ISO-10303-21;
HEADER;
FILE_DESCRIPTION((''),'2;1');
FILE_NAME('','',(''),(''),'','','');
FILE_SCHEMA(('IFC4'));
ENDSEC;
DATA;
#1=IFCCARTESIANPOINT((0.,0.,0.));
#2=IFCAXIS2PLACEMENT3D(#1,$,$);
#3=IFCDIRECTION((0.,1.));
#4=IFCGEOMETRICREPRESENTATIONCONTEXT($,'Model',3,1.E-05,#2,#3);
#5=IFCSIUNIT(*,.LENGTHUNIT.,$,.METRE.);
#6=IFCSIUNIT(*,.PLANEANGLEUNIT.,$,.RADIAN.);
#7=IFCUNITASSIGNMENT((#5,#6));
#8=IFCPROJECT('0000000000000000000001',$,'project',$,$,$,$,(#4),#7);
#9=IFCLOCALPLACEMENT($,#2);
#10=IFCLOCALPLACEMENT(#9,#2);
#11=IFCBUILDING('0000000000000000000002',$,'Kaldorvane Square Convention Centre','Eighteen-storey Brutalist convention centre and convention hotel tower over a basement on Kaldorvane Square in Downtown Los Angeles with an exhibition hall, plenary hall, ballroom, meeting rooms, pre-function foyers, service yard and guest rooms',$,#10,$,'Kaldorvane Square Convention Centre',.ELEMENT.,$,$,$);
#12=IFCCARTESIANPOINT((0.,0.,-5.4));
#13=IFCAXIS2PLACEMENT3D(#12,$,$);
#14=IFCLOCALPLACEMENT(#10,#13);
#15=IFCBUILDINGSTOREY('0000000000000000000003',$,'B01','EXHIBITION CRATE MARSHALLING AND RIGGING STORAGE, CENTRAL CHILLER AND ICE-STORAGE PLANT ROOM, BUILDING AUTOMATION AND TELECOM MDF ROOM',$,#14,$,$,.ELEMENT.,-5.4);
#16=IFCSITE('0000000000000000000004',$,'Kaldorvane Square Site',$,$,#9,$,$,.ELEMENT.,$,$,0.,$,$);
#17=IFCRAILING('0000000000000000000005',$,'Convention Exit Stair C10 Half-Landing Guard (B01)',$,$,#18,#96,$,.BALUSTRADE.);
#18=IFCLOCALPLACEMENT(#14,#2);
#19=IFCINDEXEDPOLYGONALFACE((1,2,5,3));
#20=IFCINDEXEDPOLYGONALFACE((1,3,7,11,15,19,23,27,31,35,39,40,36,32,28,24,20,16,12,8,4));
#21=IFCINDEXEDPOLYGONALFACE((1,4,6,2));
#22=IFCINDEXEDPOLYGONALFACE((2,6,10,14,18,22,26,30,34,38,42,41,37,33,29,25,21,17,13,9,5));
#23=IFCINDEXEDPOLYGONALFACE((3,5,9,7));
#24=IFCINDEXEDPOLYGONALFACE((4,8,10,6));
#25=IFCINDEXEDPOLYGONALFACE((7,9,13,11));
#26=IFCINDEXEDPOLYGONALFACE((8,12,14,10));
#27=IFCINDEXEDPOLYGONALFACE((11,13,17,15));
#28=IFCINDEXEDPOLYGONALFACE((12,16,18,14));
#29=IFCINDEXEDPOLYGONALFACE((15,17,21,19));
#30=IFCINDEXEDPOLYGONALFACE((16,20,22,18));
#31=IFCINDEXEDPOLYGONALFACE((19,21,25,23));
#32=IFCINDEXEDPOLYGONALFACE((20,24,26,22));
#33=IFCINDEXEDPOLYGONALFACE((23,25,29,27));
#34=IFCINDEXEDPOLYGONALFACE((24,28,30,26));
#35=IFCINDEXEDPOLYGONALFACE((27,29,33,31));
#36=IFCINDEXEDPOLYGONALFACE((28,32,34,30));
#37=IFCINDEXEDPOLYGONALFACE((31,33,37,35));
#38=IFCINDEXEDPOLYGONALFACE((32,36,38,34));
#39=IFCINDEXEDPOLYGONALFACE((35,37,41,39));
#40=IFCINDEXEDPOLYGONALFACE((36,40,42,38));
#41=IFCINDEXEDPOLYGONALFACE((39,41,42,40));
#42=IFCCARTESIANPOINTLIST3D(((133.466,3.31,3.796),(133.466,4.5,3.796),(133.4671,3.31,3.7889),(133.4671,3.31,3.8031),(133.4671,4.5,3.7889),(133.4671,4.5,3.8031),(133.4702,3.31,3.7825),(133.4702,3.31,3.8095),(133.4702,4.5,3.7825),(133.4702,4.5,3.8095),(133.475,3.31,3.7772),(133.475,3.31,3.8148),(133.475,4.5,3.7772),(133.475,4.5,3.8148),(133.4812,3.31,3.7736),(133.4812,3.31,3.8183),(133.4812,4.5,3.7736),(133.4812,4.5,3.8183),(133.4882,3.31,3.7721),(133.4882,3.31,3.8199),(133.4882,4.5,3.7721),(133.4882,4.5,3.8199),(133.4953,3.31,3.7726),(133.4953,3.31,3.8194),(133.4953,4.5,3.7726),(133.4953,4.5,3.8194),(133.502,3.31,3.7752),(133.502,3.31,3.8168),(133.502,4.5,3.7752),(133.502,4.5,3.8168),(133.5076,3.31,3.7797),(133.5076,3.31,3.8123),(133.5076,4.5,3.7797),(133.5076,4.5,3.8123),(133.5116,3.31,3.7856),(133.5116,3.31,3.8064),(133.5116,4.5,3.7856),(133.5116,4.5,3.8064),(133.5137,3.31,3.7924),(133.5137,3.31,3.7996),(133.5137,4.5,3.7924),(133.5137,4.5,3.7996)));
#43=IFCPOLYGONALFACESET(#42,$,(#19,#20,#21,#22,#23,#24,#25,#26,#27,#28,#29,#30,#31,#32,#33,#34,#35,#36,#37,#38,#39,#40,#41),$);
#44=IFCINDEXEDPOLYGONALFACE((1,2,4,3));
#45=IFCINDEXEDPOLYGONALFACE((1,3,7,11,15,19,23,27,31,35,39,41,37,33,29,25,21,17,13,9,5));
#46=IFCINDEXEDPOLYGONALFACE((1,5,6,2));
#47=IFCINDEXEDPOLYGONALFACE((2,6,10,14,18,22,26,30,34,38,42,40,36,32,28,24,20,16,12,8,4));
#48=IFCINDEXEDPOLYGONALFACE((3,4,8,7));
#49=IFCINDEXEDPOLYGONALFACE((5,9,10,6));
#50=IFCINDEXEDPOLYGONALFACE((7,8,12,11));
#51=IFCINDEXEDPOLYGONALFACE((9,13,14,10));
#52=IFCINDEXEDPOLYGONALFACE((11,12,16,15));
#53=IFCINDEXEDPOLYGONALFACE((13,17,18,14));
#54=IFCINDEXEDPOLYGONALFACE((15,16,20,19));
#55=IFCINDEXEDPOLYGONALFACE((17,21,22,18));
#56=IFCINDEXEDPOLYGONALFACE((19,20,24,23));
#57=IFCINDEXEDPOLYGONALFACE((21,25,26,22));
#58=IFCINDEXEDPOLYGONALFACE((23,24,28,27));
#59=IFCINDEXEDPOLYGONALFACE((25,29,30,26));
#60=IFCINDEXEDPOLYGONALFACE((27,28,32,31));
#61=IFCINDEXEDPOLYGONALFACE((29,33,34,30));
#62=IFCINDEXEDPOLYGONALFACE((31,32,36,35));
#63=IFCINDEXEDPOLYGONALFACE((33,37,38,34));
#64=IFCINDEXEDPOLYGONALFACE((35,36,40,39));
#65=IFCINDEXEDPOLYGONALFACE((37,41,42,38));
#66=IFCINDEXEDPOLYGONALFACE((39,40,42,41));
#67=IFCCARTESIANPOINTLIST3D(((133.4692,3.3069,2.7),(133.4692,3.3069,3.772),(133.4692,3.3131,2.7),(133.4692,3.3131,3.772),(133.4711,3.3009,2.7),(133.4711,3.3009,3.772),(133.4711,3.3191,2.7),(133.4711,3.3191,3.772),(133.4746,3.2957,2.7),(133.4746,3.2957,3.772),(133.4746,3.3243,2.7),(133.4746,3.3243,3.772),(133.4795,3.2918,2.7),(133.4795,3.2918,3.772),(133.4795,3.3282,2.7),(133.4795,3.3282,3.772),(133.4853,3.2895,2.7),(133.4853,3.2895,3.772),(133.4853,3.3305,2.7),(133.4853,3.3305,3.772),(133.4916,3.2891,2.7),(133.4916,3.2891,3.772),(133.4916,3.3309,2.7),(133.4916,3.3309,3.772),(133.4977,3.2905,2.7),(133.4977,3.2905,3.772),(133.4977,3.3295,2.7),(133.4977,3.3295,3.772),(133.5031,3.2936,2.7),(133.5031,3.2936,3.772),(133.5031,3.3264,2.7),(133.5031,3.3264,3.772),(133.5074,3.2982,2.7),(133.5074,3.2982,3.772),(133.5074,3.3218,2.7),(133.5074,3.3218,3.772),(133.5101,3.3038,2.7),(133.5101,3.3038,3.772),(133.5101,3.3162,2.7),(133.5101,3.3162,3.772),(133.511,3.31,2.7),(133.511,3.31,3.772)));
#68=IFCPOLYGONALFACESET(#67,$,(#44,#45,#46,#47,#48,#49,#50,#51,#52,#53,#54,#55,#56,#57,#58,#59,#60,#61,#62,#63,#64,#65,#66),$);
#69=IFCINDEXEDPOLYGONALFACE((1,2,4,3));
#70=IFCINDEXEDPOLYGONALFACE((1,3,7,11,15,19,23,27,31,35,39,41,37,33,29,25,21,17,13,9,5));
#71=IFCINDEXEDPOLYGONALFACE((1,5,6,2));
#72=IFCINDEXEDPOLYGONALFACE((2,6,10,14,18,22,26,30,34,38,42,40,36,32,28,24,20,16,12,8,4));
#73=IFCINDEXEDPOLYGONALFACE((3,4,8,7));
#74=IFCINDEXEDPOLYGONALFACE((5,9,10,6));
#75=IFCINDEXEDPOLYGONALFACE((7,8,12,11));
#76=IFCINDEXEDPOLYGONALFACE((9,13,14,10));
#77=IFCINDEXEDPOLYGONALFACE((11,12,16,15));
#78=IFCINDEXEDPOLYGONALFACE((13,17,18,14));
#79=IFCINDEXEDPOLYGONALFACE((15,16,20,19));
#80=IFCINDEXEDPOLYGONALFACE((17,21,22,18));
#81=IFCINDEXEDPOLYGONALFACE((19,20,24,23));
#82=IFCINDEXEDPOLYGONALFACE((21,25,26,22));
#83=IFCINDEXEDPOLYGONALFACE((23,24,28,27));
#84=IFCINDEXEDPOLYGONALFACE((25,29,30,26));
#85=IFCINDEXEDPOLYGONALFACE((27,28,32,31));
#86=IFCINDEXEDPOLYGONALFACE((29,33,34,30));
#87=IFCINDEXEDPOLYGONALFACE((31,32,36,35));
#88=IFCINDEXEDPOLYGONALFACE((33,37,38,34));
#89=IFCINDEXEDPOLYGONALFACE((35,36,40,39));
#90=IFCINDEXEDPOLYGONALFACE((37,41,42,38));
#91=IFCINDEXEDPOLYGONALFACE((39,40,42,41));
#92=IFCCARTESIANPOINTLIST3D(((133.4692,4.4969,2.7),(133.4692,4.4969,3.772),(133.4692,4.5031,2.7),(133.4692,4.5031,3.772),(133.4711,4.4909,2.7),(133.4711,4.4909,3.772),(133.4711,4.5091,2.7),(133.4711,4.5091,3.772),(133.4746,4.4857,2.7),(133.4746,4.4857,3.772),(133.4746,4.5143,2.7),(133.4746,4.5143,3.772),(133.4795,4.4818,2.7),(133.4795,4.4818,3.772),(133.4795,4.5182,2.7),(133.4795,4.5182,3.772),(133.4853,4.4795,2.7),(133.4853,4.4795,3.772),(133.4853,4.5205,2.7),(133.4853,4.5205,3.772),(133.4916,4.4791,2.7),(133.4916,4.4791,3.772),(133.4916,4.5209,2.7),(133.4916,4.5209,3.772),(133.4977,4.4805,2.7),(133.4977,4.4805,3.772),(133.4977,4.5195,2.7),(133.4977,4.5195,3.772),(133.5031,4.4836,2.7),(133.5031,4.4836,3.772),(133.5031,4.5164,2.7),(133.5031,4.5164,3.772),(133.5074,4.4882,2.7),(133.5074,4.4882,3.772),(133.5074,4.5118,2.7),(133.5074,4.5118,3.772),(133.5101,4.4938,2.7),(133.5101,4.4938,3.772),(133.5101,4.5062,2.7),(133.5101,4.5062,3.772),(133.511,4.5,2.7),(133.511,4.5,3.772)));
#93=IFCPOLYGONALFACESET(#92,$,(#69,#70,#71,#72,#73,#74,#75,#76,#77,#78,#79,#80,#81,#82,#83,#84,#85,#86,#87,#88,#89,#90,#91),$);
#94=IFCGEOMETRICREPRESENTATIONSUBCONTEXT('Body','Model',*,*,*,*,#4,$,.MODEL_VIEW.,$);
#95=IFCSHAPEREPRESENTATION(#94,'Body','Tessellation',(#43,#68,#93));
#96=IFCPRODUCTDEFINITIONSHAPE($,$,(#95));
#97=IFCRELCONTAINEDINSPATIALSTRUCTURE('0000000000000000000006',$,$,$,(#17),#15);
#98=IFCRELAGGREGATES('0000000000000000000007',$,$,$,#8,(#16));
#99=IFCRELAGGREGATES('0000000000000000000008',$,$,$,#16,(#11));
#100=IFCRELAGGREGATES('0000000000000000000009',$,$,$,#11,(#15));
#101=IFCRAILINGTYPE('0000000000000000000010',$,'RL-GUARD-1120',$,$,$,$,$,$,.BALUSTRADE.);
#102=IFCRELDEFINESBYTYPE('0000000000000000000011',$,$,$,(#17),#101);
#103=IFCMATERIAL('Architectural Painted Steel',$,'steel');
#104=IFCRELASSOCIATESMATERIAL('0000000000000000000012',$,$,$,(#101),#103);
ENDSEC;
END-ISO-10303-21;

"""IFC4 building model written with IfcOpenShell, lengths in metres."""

from ifc_helpers import new_model, si_unit, direction, frame, origin, origin_2d, place, context, subcontext, project, spatial, circle, extrude, material, type_object, element, save


model = new_model("IFC4")

# Units and contexts
model_context = context("Model", 3, precision=1e-05, world=origin(), true_north=direction((0.0, 1.0)))
body_context = subcontext(model_context, "Body", "Model", "MODEL_VIEW")
ifc_project = project(units=[si_unit("LENGTHUNIT", "METRE"), si_unit("PLANEANGLEUNIT", "RADIAN")], contexts=[model_context])

# Site, building, storey
site_placement = place(None, origin())
site = spatial("IfcSite", under=ifc_project, at=site_placement, Name="Kaldorvane Square Site", CompositionType="ELEMENT", RefElevation=0.0)
building_placement = place(site_placement, origin())
building = spatial("IfcBuilding", under=site, at=building_placement, Name="Kaldorvane Square Convention Centre", Description="Eighteen-storey Brutalist convention centre and convention hotel tower over a basement on Kaldorvane Square in Downtown Los Angeles with an exhibition hall, plenary hall, ballroom, meeting rooms, pre-function foyers, service yard and guest rooms", LongName="Kaldorvane Square Convention Centre", CompositionType="ELEMENT")
storey_placement = place(building_placement, frame((0.0, 0.0, -5.4)))
storey = spatial("IfcBuildingStorey", under=building, at=storey_placement, Name="B01", Description="EXHIBITION CRATE MARSHALLING AND RIGGING STORAGE, CENTRAL CHILLER AND ICE-STORAGE PLANT ROOM, BUILDING AUTOMATION AND TELECOM MDF ROOM", CompositionType="ELEMENT", Elevation=-5.4)

# Railing
ifc_material_1 = material(Name="Architectural Painted Steel", Category="steel")
railing_type = type_object("IfcRailingType", Name="RL-GUARD-1120", PredefinedType="BALUSTRADE", material=ifc_material_1)
railing_1_placement = place(storey_placement, frame((133.49, 3.31, 2.7)))
element("IfcRailing", 1, at=railing_1_placement, inside=storey, type_object=railing_type, Name="Convention Exit Stair C10 Half-Landing Guard (B01)", PredefinedType="BALUSTRADE", context=body_context, shape_type="SweptSolid", body=[
    extrude(circle(Radius=0.024, at=origin_2d()), frame((0.0, 0.0, 1.096), z_axis=(0.0, 1.0, 0.0), x_axis=(-1.0, 0.0, 0.0)), (0.0, 0.0, 1.0), 1.19),
    extrude(circle(Radius=0.021, at=origin_2d()), origin(), (0.0, 0.0, 1.0), 1.072),
    extrude(circle(Radius=0.021, at=origin_2d()), frame((0.0, 1.19, 0.0)), (0.0, 0.0, 1.0), 1.072),
])

save(model, "model.ifc")
